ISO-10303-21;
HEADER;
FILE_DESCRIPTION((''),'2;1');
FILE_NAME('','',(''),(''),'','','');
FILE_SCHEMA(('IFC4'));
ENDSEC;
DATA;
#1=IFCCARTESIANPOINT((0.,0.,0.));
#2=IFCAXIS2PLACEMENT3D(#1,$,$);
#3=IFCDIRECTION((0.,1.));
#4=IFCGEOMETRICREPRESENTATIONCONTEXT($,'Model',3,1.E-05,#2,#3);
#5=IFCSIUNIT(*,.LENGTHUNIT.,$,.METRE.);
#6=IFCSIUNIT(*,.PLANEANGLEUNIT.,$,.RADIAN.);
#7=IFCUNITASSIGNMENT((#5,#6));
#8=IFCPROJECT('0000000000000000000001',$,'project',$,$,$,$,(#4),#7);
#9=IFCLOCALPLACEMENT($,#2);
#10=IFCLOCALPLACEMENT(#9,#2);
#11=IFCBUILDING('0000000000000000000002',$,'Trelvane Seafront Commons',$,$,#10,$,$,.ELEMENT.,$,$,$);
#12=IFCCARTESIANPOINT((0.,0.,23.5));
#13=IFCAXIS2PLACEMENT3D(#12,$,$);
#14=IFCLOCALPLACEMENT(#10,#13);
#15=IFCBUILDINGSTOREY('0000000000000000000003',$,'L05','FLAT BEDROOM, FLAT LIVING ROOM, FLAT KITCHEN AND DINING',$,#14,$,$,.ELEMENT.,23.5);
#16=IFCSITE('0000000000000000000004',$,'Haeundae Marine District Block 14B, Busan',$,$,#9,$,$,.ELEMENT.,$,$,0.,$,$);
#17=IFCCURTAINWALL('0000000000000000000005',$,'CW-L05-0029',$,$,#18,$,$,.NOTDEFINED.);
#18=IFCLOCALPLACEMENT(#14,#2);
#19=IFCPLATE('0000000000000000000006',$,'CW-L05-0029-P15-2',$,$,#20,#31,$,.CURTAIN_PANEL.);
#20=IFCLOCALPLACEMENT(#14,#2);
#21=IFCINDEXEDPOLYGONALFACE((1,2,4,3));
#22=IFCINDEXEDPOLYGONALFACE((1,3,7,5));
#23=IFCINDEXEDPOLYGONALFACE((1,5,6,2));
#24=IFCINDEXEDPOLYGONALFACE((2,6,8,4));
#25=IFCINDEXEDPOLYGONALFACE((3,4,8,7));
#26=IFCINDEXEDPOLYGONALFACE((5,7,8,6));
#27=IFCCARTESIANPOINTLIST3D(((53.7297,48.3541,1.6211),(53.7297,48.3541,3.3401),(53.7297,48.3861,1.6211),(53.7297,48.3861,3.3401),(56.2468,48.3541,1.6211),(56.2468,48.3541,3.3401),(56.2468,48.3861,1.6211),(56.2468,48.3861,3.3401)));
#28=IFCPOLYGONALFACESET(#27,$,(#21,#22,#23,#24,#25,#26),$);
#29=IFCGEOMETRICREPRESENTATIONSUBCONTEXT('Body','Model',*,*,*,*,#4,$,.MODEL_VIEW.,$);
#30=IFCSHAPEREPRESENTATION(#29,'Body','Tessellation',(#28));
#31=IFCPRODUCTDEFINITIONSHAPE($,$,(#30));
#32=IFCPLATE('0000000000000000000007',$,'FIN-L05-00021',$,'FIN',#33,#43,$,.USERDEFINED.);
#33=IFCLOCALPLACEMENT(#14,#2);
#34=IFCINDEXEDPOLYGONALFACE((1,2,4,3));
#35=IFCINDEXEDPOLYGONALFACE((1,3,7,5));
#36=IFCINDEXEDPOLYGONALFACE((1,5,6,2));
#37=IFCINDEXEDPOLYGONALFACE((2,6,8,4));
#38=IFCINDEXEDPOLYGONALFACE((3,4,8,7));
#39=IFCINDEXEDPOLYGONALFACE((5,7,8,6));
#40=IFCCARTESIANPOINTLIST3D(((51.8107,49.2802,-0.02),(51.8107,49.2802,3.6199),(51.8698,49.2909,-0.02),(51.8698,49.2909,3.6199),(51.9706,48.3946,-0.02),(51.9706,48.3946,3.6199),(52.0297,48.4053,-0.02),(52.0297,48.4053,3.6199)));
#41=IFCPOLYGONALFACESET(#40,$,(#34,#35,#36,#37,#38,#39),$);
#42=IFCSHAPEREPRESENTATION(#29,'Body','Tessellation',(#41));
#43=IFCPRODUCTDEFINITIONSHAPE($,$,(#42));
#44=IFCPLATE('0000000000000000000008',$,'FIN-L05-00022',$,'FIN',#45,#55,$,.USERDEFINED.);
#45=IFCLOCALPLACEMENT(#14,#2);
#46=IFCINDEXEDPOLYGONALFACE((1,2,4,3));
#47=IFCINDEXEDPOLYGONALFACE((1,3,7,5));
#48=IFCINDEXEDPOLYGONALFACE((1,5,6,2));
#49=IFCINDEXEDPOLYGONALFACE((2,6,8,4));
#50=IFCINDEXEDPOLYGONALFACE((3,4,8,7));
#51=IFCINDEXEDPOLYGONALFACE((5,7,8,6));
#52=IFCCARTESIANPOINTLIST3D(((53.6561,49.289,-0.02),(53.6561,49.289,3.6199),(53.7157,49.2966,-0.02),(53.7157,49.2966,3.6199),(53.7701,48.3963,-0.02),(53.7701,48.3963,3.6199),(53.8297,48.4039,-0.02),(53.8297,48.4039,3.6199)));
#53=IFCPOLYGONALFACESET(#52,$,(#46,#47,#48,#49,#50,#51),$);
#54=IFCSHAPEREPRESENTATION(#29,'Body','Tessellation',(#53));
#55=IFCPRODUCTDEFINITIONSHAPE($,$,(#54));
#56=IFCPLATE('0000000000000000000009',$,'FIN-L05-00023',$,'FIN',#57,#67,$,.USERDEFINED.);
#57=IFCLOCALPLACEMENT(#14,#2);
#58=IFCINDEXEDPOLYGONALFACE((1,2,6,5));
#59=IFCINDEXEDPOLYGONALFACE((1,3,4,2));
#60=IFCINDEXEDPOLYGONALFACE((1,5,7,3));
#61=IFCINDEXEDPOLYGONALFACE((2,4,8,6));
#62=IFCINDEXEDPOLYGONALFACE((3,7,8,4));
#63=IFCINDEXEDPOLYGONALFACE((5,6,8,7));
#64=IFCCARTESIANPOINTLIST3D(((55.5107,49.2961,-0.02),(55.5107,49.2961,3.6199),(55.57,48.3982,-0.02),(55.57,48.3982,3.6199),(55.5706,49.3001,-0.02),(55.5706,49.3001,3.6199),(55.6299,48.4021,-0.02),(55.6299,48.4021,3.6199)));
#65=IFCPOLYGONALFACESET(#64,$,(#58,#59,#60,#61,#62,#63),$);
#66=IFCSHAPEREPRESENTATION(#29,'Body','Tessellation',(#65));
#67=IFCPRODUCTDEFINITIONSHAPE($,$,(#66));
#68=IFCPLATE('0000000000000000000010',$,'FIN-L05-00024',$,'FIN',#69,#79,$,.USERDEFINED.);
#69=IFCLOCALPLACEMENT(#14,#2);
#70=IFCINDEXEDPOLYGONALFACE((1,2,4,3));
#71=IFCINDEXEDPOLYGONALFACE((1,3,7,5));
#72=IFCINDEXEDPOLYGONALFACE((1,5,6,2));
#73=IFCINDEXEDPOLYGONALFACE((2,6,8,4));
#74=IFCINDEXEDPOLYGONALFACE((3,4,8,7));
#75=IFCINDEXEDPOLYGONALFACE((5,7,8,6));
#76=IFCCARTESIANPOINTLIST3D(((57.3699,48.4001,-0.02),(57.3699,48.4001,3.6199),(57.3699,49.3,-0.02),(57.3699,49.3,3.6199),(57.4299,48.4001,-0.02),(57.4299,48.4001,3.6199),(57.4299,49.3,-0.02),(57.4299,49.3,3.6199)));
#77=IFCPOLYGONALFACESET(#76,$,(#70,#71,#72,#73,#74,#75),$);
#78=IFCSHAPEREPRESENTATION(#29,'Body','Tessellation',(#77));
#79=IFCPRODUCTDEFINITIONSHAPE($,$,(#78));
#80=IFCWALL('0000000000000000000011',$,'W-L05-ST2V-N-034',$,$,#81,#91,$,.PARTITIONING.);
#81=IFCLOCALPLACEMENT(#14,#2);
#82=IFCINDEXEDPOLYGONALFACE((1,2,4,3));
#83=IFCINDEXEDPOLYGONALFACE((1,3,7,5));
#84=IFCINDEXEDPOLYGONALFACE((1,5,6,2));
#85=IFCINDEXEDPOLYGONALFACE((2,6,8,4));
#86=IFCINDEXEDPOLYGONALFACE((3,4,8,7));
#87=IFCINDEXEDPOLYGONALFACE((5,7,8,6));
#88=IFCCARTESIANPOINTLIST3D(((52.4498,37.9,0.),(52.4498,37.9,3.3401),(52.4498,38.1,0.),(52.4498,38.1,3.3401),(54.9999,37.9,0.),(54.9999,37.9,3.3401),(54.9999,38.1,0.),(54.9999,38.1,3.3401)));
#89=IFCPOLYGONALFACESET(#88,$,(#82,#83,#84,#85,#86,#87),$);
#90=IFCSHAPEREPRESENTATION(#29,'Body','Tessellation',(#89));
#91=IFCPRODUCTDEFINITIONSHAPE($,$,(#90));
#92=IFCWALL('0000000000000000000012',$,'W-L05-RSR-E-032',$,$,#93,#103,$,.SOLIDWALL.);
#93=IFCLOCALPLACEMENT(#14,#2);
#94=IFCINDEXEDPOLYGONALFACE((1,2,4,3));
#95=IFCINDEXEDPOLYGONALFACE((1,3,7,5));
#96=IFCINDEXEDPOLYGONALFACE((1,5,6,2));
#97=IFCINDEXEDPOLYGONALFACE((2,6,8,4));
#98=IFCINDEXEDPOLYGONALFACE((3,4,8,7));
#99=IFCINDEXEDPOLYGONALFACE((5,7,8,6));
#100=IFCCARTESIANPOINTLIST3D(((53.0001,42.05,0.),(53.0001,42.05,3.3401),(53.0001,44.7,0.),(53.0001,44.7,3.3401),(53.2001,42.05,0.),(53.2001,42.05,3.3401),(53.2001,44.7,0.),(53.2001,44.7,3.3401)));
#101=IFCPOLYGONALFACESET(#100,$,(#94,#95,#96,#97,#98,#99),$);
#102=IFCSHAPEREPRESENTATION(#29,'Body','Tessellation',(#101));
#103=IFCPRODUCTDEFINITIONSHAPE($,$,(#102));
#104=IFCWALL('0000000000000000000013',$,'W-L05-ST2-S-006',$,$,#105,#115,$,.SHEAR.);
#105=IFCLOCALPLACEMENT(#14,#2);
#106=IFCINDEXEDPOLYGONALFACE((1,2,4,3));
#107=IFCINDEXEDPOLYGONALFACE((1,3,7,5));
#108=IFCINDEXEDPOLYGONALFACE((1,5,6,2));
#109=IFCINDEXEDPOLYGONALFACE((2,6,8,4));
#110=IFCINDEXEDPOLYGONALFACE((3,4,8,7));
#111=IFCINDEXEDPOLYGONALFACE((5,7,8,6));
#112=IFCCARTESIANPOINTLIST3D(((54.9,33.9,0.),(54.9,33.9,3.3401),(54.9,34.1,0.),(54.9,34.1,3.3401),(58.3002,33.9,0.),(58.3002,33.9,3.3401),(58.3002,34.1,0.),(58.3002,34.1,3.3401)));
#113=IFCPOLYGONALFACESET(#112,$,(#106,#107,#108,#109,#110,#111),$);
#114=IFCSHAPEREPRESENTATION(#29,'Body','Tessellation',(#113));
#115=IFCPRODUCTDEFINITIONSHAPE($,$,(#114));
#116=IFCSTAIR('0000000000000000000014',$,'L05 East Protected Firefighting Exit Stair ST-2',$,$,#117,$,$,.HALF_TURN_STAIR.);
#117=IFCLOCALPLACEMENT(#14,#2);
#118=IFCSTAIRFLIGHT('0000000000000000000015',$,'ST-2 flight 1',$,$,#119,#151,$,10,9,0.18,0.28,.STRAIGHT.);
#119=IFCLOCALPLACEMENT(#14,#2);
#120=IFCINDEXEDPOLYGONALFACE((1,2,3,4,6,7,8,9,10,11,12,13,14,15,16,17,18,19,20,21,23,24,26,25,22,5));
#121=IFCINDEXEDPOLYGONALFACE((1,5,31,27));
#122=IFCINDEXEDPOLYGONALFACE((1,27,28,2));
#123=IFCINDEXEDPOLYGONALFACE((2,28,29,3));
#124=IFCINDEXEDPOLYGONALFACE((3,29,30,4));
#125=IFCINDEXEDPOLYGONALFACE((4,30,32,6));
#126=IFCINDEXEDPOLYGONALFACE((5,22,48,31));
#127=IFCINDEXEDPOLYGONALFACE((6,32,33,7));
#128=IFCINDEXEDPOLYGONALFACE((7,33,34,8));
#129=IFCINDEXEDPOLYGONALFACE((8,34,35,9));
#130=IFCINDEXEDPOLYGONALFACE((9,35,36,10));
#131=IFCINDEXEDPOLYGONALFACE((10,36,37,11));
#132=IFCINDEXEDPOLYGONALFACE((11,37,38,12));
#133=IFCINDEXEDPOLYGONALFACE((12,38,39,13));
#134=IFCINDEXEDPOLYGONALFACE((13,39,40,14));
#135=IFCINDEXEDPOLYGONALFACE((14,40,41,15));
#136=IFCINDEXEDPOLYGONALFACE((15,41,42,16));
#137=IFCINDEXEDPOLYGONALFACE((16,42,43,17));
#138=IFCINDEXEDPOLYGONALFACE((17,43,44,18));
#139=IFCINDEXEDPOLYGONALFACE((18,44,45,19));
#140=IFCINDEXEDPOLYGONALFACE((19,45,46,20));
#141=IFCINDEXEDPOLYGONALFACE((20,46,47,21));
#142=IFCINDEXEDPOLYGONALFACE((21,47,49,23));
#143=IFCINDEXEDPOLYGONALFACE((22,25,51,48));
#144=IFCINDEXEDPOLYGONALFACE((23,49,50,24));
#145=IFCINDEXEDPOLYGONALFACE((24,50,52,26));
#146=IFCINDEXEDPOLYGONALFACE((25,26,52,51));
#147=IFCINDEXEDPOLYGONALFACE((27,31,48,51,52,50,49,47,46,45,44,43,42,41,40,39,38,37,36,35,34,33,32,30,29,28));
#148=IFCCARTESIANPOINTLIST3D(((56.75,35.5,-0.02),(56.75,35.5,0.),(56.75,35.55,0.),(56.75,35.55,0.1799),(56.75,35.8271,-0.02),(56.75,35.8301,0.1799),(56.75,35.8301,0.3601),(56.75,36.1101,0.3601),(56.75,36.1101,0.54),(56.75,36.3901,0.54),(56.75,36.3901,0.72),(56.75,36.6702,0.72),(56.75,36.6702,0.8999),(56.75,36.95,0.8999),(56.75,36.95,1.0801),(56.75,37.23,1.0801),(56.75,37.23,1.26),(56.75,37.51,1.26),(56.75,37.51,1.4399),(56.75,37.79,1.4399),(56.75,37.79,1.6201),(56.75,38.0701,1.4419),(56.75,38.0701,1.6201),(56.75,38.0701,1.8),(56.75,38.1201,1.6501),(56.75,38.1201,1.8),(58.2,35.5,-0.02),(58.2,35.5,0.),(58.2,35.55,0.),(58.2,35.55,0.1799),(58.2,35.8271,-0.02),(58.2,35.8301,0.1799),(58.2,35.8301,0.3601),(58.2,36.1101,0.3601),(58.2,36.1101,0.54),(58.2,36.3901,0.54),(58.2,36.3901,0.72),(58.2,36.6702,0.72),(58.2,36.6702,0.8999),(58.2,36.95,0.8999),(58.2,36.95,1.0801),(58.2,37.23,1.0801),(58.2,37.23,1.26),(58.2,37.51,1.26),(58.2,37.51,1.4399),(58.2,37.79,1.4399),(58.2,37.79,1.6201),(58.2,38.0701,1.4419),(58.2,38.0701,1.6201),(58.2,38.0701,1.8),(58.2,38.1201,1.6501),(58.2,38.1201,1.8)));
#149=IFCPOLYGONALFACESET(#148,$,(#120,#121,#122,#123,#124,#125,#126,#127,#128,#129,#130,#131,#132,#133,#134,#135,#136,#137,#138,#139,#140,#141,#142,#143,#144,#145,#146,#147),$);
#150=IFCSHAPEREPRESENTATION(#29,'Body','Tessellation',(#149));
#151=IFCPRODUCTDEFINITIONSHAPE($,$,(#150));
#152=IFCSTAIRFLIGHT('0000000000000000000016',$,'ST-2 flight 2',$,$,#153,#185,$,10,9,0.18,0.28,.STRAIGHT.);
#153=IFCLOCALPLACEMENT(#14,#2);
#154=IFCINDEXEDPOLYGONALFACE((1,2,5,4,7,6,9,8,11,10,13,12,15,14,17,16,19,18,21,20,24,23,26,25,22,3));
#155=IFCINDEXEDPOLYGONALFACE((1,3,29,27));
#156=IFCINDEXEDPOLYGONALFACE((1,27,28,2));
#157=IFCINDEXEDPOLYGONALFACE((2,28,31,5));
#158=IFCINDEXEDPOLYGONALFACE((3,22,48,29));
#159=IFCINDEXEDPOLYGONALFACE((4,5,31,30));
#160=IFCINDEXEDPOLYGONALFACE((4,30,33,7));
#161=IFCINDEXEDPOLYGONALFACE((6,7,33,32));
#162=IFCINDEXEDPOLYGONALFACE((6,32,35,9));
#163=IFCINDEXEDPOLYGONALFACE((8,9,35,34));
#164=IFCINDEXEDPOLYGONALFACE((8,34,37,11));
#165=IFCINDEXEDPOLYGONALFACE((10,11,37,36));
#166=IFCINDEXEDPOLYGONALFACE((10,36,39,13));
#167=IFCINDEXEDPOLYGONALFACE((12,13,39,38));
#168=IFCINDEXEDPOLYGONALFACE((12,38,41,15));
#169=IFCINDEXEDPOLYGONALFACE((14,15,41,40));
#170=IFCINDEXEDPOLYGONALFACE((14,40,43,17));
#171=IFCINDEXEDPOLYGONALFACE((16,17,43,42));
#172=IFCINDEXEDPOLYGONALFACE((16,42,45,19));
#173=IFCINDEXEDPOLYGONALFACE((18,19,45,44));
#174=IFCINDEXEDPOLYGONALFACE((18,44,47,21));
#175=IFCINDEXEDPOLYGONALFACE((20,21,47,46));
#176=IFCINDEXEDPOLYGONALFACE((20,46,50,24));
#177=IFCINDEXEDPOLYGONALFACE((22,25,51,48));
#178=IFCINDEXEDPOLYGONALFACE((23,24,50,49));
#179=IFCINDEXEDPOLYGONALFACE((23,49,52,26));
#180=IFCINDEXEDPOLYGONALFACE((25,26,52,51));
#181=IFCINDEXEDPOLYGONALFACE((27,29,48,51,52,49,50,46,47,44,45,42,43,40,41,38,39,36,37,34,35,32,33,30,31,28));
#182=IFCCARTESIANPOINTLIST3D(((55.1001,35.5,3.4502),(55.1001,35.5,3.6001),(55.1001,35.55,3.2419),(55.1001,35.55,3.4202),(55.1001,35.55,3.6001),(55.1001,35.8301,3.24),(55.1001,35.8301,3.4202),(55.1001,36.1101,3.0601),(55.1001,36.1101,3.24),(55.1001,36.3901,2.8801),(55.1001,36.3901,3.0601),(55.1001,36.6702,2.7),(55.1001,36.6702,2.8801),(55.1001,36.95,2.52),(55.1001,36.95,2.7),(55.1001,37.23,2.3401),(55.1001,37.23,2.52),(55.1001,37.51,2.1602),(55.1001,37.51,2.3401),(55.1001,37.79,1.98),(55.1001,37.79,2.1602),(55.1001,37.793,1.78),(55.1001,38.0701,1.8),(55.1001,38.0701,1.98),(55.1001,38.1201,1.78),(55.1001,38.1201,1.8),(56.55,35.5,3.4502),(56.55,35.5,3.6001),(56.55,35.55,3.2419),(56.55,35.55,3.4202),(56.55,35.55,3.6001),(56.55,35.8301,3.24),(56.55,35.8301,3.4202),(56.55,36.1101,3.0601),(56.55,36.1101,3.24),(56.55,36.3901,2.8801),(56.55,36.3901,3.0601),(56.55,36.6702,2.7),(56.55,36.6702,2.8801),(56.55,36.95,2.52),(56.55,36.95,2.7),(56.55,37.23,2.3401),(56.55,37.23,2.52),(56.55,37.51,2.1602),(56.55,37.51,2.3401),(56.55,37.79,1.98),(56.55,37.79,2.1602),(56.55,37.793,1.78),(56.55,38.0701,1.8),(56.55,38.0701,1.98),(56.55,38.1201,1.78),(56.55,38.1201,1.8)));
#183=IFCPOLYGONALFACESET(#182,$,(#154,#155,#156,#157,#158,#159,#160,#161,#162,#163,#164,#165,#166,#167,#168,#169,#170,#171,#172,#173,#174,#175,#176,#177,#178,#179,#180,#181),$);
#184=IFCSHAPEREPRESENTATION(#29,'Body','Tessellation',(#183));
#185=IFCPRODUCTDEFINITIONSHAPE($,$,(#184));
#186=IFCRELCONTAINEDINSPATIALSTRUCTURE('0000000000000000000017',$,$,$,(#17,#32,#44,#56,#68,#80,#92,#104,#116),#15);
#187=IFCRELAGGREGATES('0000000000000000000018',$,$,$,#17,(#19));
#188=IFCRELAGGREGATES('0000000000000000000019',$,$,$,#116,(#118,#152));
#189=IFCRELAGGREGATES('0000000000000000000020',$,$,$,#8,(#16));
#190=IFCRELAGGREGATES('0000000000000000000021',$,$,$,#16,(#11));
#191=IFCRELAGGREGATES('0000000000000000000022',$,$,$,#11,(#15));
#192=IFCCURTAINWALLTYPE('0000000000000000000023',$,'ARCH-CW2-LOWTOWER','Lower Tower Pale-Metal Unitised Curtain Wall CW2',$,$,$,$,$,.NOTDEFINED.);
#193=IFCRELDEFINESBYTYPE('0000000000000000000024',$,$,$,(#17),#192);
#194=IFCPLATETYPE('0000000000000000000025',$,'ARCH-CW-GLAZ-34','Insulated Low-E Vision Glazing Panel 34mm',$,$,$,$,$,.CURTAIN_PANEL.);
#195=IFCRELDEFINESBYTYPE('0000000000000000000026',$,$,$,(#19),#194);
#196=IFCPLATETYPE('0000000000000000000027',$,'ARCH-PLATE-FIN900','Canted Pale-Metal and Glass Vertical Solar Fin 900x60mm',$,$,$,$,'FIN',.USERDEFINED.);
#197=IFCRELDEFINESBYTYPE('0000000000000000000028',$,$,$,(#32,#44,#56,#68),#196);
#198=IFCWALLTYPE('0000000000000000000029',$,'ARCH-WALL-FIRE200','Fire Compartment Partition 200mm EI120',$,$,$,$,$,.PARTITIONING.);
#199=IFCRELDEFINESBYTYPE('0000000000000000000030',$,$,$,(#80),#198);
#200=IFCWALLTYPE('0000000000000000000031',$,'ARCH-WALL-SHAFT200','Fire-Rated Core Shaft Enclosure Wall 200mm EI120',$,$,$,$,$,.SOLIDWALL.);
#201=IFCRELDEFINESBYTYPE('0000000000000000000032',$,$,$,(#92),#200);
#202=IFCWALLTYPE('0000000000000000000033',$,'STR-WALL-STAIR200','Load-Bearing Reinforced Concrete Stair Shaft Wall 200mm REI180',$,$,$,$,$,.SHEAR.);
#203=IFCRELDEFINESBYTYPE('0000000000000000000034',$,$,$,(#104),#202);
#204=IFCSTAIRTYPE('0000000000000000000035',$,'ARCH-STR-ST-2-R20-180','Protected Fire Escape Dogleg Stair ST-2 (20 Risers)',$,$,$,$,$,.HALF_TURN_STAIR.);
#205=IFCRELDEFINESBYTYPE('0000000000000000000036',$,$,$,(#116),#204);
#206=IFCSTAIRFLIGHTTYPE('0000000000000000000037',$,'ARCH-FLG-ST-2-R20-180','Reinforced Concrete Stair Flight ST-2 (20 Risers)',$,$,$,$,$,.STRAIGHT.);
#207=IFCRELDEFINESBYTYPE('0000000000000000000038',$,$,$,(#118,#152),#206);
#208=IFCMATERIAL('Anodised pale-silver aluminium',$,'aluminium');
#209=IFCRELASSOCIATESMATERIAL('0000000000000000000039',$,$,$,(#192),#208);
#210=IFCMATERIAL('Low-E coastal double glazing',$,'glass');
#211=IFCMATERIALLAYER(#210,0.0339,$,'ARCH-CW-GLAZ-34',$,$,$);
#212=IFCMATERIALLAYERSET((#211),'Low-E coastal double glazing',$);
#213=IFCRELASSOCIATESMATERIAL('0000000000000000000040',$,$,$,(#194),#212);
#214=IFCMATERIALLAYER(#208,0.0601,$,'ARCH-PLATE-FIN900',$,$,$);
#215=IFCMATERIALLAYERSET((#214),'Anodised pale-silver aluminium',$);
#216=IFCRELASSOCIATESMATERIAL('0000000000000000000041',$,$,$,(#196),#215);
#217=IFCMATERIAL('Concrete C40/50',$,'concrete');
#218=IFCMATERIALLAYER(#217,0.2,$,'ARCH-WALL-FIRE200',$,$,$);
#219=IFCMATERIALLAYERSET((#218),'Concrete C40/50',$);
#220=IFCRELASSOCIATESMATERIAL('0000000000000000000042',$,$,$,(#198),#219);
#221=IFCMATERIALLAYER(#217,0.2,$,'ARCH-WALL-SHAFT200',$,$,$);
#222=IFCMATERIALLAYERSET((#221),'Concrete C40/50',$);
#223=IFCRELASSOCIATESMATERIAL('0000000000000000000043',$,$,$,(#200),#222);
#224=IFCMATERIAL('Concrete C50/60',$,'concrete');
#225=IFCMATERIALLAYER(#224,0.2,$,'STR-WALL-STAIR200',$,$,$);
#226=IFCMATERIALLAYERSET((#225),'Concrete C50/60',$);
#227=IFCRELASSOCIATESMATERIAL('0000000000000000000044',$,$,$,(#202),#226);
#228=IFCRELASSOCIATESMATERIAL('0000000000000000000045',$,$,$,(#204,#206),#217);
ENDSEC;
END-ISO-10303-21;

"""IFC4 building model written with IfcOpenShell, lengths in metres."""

from ifc_helpers import new_model, si_unit, direction, frame, frame_2d, origin, origin_2d, place, context, subcontext, project, spatial, polyline, rectangle, outline, extrude, source, transform, mapped, material, layer, layer_set, type_object, element, aggregate, save


model = new_model("IFC4")

# Units and contexts
model_context = context("Model", 3, precision=1e-05, world=origin(), true_north=direction((0.0, 1.0)))
body_context = subcontext(model_context, "Body", "Model", "MODEL_VIEW")
ifc_project = project(units=[si_unit("LENGTHUNIT", "METRE"), si_unit("PLANEANGLEUNIT", "RADIAN")], contexts=[model_context])

# Site, building, storey
site_placement = place(None, origin())
site = spatial("IfcSite", under=ifc_project, at=site_placement, Name="Haeundae Marine District Block 14B, Busan", CompositionType="ELEMENT", RefElevation=0.0)
building_placement = place(site_placement, origin())
building = spatial("IfcBuilding", under=site, at=building_placement, Name="Trelvane Seafront Commons", CompositionType="ELEMENT")
storey_placement = place(building_placement, frame((0.0, 0.0, 23.5)))
storey = spatial("IfcBuildingStorey", under=building, at=storey_placement, Name="L05", Description="FLAT BEDROOM, FLAT LIVING ROOM, FLAT KITCHEN AND DINING", CompositionType="ELEMENT", Elevation=23.5)

# Curtain wall, plate
ifc_material_1 = material(Name="Anodised pale-silver aluminium", Category="aluminium")
curtain_wall_type = type_object("IfcCurtainWallType", Name="ARCH-CW2-LOWTOWER", Description="Lower Tower Pale-Metal Unitised Curtain Wall CW2", PredefinedType="NOTDEFINED", material=ifc_material_1)
curtain_wall_placement = place(storey_placement, origin())
curtain_wall = element("IfcCurtainWall", 1, at=curtain_wall_placement, inside=storey, type_object=curtain_wall_type, Name="CW-L05-0029", PredefinedType="NOTDEFINED")
ifc_material_2 = material(Name="Low-E coastal double glazing", Category="glass")
ifc_layer_1 = layer(ifc_material_2, 0.0339, Name="ARCH-CW-GLAZ-34")
ifc_layer_set_1 = layer_set([ifc_layer_1], Name="Low-E coastal double glazing")
plate_type_1 = type_object("IfcPlateType", Name="ARCH-CW-GLAZ-34", Description="Insulated Low-E Vision Glazing Panel 34mm", PredefinedType="CURTAIN_PANEL", material=ifc_layer_set_1)
shared_shape_1 = source(origin(), body_context, "Body", "SweptSolid", [
    extrude(rectangle(XDim=2.5171, YDim=0.032, at=origin_2d()), origin(), (0.0, 0.0, 1.0), 1.719),
])
plate_1_placement = place(storey_placement, frame((54.9883, 48.3701, 1.6211), z_axis=(0.0, 0.0, 1.0), x_axis=(1.0, 0.0, 0.0)))
plate_1 = element("IfcPlate", 2, at=plate_1_placement, type_object=plate_type_1, Name="CW-L05-0029-P15-2", PredefinedType="CURTAIN_PANEL", context=body_context, shape_type="MappedRepresentation", body=[
    mapped(shared_shape_1, transform((0.0, 0.0, 0.0), x_axis=(1.0, 0.0, 0.0), y_axis=(0.0, 1.0, 0.0), z_axis=(0.0, 0.0, 1.0), scale=1.0)),
])
aggregate(curtain_wall, [plate_1])

# Plates
ifc_layer_2 = layer(ifc_material_1, 0.0601, Name="ARCH-PLATE-FIN900")
ifc_layer_set_2 = layer_set([ifc_layer_2], Name="Anodised pale-silver aluminium")
plate_type_2 = type_object("IfcPlateType", Name="ARCH-PLATE-FIN900", Description="Canted Pale-Metal and Glass Vertical Solar Fin 900x60mm", ElementType="FIN", PredefinedType="USERDEFINED", material=ifc_layer_set_2)
shared_shape_2 = source(origin(), body_context, "Body", "SweptSolid", [
    extrude(rectangle(XDim=0.8999, YDim=0.0601, at=origin_2d()), origin(), (0.0, 0.0, 1.0), 3.6399),
])
for number, where, z_axis, x_axis, name in (
    (3, (51.9202, 48.8428, -0.02), (0.0, 0.0, 1.0), (-0.177664, 0.984091, 0.0), "FIN-L05-00021"),
    (4, (53.7429, 48.8464, -0.02), (0.0, 0.0, 1.0), (-0.12666, 0.991946, 0.0), "FIN-L05-00022"),
    (5, (55.5703, 48.8491, -0.02), (0.0, 0.0, 1.0), (-0.065893, 0.997827, 0.0), "FIN-L05-00023"),
    (6, (57.3999, 48.8501, -0.02), (0.0, 0.0, 1.0), (0.0, 1.0, 0.0), "FIN-L05-00024"),
):
    element("IfcPlate", number, at=place(storey_placement, frame(where, z_axis=z_axis, x_axis=x_axis)), inside=storey, type_object=plate_type_2, Name=name, ObjectType="FIN", PredefinedType="USERDEFINED", context=body_context, shape_type="MappedRepresentation", body=[
        mapped(shared_shape_2, transform((0.0, 0.0, 0.0), x_axis=(1.0, 0.0, 0.0), y_axis=(0.0, 1.0, 0.0), z_axis=(0.0, 0.0, 1.0), scale=1.0)),
    ])

# Walls
ifc_material_3 = material(Name="Concrete C40/50", Category="concrete")
ifc_layer_3 = layer(ifc_material_3, 0.2, Name="ARCH-WALL-FIRE200")
ifc_layer_set_3 = layer_set([ifc_layer_3], Name="Concrete C40/50")
wall_type_1 = type_object("IfcWallType", Name="ARCH-WALL-FIRE200", Description="Fire Compartment Partition 200mm EI120", PredefinedType="PARTITIONING", material=ifc_layer_set_3)
wall_1_placement = place(storey_placement, frame((52.45, 38.0, 0.0), z_axis=(0.0, 0.0, 1.0), x_axis=(1.0, 0.0, 0.0)))
element("IfcWall", 7, at=wall_1_placement, inside=storey, type_object=wall_type_1, Name="W-L05-ST2V-N-034", PredefinedType="PARTITIONING", context=body_context, shape_type="SweptSolid", body=[
    extrude(rectangle(XDim=2.55, YDim=0.2, at=frame_2d((1.2749, 0.0))), origin(), (0.0, 0.0, 1.0), 3.3401),
])
ifc_layer_4 = layer(ifc_material_3, 0.2, Name="ARCH-WALL-SHAFT200")
ifc_layer_set_4 = layer_set([ifc_layer_4], Name="Concrete C40/50")
wall_type_2 = type_object("IfcWallType", Name="ARCH-WALL-SHAFT200", Description="Fire-Rated Core Shaft Enclosure Wall 200mm EI120", PredefinedType="SOLIDWALL", material=ifc_layer_set_4)
wall_2_placement = place(storey_placement, frame((53.1001, 42.05, 0.0), z_axis=(0.0, 0.0, 1.0), x_axis=(0.0, 1.0, 0.0)))
element("IfcWall", 8, at=wall_2_placement, inside=storey, type_object=wall_type_2, Name="W-L05-RSR-E-032", PredefinedType="SOLIDWALL", context=body_context, shape_type="SweptSolid", body=[
    extrude(rectangle(XDim=2.6499, YDim=0.2, at=frame_2d((1.325, 0.0))), origin(), (0.0, 0.0, 1.0), 3.3401),
])
ifc_material_4 = material(Name="Concrete C50/60", Category="concrete")
ifc_layer_5 = layer(ifc_material_4, 0.2, Name="STR-WALL-STAIR200")
ifc_layer_set_5 = layer_set([ifc_layer_5], Name="Concrete C50/60")
wall_type_3 = type_object("IfcWallType", Name="STR-WALL-STAIR200", Description="Load-Bearing Reinforced Concrete Stair Shaft Wall 200mm REI180", PredefinedType="SHEAR", material=ifc_layer_set_5)
wall_3_placement = place(storey_placement, frame((54.8999, 34.0, 0.0), z_axis=(0.0, 0.0, 1.0), x_axis=(1.0, 0.0, 0.0)))
element("IfcWall", 9, at=wall_3_placement, inside=storey, type_object=wall_type_3, Name="W-L05-ST2-S-006", PredefinedType="SHEAR", context=body_context, shape_type="SweptSolid", body=[
    extrude(rectangle(XDim=3.4001, YDim=0.2, at=frame_2d((1.7002, 0.0))), origin(), (0.0, 0.0, 1.0), 3.3401),
])

# Stair, stair flights
stair_type = type_object("IfcStairType", Name="ARCH-STR-ST-2-R20-180", Description="Protected Fire Escape Dogleg Stair ST-2 (20 Risers)", PredefinedType="HALF_TURN_STAIR", material=ifc_material_3)
stair_placement = place(storey_placement, origin())
stair = element("IfcStair", 10, at=stair_placement, inside=storey, type_object=stair_type, Name="L05 East Protected Firefighting Exit Stair ST-2", PredefinedType="HALF_TURN_STAIR")
stair_flight_type = type_object("IfcStairFlightType", Name="ARCH-FLG-ST-2-R20-180", Description="Reinforced Concrete Stair Flight ST-2 (20 Risers)", PredefinedType="STRAIGHT", material=ifc_material_3)
shared_shape_3 = source(origin(), body_context, "Body", "SweptSolid", [
    extrude(outline(polyline([(-0.05, -0.02), (-0.05, 0.0), (0.0, 0.0), (0.0, 0.1799), (0.28, 0.1799), (0.28, 0.3601), (0.5601, 0.3601), (0.5601, 0.54), (0.8401, 0.54), (0.8401, 0.72), (1.1201, 0.72), (1.1201, 0.8999), (1.3999, 0.8999), (1.3999, 1.0801), (1.6799, 1.0801), (1.6799, 1.26), (1.96, 1.26), (1.96, 1.4399), (2.24, 1.4399), (2.24, 1.6201), (2.52, 1.6201), (2.52, 1.8), (2.5701, 1.8), (2.5701, 1.6501), (2.52, 1.4419), (0.2771, -0.02), (-0.05, -0.02)])), frame((0.0, 0.7251, 0.0), z_axis=(0.0, -1.0, 0.0), x_axis=(1.0, 0.0, 0.0)), (0.0, 0.0, 1.0), 1.45),
])
stair_flight_1_placement = place(storey_placement, frame((57.4751, 35.55, 0.0), z_axis=(0.0, 0.0, 1.0), x_axis=(0.0, 1.0, 0.0)))
stair_flight_1 = element("IfcStairFlight", 11, at=stair_flight_1_placement, type_object=stair_flight_type, Name="ST-2 flight 1", NumberOfRisers=10, NumberOfTreads=9, PredefinedType="STRAIGHT", RiserHeight=0.18, TreadLength=0.28, context=body_context, shape_type="MappedRepresentation", body=[
    mapped(shared_shape_3, transform((0.0, 0.0, 0.0), x_axis=(1.0, 0.0, 0.0), y_axis=(0.0, 1.0, 0.0), z_axis=(0.0, 0.0, 1.0), scale=1.0)),
])
stair_flight_2_placement = place(storey_placement, frame((55.825, 38.0701, 1.8), z_axis=(0.0, 0.0, 1.0), x_axis=(0.0, -1.0, 0.0)))
stair_flight_2 = element("IfcStairFlight", 12, at=stair_flight_2_placement, type_object=stair_flight_type, Name="ST-2 flight 2", NumberOfRisers=10, NumberOfTreads=9, PredefinedType="STRAIGHT", RiserHeight=0.18, TreadLength=0.28, context=body_context, shape_type="MappedRepresentation", body=[
    mapped(shared_shape_3, transform((0.0, 0.0, 0.0), x_axis=(1.0, 0.0, 0.0), y_axis=(0.0, 1.0, 0.0), z_axis=(0.0, 0.0, 1.0), scale=1.0)),
])
aggregate(stair, [stair_flight_1, stair_flight_2])

save(model, "model.ifc")
